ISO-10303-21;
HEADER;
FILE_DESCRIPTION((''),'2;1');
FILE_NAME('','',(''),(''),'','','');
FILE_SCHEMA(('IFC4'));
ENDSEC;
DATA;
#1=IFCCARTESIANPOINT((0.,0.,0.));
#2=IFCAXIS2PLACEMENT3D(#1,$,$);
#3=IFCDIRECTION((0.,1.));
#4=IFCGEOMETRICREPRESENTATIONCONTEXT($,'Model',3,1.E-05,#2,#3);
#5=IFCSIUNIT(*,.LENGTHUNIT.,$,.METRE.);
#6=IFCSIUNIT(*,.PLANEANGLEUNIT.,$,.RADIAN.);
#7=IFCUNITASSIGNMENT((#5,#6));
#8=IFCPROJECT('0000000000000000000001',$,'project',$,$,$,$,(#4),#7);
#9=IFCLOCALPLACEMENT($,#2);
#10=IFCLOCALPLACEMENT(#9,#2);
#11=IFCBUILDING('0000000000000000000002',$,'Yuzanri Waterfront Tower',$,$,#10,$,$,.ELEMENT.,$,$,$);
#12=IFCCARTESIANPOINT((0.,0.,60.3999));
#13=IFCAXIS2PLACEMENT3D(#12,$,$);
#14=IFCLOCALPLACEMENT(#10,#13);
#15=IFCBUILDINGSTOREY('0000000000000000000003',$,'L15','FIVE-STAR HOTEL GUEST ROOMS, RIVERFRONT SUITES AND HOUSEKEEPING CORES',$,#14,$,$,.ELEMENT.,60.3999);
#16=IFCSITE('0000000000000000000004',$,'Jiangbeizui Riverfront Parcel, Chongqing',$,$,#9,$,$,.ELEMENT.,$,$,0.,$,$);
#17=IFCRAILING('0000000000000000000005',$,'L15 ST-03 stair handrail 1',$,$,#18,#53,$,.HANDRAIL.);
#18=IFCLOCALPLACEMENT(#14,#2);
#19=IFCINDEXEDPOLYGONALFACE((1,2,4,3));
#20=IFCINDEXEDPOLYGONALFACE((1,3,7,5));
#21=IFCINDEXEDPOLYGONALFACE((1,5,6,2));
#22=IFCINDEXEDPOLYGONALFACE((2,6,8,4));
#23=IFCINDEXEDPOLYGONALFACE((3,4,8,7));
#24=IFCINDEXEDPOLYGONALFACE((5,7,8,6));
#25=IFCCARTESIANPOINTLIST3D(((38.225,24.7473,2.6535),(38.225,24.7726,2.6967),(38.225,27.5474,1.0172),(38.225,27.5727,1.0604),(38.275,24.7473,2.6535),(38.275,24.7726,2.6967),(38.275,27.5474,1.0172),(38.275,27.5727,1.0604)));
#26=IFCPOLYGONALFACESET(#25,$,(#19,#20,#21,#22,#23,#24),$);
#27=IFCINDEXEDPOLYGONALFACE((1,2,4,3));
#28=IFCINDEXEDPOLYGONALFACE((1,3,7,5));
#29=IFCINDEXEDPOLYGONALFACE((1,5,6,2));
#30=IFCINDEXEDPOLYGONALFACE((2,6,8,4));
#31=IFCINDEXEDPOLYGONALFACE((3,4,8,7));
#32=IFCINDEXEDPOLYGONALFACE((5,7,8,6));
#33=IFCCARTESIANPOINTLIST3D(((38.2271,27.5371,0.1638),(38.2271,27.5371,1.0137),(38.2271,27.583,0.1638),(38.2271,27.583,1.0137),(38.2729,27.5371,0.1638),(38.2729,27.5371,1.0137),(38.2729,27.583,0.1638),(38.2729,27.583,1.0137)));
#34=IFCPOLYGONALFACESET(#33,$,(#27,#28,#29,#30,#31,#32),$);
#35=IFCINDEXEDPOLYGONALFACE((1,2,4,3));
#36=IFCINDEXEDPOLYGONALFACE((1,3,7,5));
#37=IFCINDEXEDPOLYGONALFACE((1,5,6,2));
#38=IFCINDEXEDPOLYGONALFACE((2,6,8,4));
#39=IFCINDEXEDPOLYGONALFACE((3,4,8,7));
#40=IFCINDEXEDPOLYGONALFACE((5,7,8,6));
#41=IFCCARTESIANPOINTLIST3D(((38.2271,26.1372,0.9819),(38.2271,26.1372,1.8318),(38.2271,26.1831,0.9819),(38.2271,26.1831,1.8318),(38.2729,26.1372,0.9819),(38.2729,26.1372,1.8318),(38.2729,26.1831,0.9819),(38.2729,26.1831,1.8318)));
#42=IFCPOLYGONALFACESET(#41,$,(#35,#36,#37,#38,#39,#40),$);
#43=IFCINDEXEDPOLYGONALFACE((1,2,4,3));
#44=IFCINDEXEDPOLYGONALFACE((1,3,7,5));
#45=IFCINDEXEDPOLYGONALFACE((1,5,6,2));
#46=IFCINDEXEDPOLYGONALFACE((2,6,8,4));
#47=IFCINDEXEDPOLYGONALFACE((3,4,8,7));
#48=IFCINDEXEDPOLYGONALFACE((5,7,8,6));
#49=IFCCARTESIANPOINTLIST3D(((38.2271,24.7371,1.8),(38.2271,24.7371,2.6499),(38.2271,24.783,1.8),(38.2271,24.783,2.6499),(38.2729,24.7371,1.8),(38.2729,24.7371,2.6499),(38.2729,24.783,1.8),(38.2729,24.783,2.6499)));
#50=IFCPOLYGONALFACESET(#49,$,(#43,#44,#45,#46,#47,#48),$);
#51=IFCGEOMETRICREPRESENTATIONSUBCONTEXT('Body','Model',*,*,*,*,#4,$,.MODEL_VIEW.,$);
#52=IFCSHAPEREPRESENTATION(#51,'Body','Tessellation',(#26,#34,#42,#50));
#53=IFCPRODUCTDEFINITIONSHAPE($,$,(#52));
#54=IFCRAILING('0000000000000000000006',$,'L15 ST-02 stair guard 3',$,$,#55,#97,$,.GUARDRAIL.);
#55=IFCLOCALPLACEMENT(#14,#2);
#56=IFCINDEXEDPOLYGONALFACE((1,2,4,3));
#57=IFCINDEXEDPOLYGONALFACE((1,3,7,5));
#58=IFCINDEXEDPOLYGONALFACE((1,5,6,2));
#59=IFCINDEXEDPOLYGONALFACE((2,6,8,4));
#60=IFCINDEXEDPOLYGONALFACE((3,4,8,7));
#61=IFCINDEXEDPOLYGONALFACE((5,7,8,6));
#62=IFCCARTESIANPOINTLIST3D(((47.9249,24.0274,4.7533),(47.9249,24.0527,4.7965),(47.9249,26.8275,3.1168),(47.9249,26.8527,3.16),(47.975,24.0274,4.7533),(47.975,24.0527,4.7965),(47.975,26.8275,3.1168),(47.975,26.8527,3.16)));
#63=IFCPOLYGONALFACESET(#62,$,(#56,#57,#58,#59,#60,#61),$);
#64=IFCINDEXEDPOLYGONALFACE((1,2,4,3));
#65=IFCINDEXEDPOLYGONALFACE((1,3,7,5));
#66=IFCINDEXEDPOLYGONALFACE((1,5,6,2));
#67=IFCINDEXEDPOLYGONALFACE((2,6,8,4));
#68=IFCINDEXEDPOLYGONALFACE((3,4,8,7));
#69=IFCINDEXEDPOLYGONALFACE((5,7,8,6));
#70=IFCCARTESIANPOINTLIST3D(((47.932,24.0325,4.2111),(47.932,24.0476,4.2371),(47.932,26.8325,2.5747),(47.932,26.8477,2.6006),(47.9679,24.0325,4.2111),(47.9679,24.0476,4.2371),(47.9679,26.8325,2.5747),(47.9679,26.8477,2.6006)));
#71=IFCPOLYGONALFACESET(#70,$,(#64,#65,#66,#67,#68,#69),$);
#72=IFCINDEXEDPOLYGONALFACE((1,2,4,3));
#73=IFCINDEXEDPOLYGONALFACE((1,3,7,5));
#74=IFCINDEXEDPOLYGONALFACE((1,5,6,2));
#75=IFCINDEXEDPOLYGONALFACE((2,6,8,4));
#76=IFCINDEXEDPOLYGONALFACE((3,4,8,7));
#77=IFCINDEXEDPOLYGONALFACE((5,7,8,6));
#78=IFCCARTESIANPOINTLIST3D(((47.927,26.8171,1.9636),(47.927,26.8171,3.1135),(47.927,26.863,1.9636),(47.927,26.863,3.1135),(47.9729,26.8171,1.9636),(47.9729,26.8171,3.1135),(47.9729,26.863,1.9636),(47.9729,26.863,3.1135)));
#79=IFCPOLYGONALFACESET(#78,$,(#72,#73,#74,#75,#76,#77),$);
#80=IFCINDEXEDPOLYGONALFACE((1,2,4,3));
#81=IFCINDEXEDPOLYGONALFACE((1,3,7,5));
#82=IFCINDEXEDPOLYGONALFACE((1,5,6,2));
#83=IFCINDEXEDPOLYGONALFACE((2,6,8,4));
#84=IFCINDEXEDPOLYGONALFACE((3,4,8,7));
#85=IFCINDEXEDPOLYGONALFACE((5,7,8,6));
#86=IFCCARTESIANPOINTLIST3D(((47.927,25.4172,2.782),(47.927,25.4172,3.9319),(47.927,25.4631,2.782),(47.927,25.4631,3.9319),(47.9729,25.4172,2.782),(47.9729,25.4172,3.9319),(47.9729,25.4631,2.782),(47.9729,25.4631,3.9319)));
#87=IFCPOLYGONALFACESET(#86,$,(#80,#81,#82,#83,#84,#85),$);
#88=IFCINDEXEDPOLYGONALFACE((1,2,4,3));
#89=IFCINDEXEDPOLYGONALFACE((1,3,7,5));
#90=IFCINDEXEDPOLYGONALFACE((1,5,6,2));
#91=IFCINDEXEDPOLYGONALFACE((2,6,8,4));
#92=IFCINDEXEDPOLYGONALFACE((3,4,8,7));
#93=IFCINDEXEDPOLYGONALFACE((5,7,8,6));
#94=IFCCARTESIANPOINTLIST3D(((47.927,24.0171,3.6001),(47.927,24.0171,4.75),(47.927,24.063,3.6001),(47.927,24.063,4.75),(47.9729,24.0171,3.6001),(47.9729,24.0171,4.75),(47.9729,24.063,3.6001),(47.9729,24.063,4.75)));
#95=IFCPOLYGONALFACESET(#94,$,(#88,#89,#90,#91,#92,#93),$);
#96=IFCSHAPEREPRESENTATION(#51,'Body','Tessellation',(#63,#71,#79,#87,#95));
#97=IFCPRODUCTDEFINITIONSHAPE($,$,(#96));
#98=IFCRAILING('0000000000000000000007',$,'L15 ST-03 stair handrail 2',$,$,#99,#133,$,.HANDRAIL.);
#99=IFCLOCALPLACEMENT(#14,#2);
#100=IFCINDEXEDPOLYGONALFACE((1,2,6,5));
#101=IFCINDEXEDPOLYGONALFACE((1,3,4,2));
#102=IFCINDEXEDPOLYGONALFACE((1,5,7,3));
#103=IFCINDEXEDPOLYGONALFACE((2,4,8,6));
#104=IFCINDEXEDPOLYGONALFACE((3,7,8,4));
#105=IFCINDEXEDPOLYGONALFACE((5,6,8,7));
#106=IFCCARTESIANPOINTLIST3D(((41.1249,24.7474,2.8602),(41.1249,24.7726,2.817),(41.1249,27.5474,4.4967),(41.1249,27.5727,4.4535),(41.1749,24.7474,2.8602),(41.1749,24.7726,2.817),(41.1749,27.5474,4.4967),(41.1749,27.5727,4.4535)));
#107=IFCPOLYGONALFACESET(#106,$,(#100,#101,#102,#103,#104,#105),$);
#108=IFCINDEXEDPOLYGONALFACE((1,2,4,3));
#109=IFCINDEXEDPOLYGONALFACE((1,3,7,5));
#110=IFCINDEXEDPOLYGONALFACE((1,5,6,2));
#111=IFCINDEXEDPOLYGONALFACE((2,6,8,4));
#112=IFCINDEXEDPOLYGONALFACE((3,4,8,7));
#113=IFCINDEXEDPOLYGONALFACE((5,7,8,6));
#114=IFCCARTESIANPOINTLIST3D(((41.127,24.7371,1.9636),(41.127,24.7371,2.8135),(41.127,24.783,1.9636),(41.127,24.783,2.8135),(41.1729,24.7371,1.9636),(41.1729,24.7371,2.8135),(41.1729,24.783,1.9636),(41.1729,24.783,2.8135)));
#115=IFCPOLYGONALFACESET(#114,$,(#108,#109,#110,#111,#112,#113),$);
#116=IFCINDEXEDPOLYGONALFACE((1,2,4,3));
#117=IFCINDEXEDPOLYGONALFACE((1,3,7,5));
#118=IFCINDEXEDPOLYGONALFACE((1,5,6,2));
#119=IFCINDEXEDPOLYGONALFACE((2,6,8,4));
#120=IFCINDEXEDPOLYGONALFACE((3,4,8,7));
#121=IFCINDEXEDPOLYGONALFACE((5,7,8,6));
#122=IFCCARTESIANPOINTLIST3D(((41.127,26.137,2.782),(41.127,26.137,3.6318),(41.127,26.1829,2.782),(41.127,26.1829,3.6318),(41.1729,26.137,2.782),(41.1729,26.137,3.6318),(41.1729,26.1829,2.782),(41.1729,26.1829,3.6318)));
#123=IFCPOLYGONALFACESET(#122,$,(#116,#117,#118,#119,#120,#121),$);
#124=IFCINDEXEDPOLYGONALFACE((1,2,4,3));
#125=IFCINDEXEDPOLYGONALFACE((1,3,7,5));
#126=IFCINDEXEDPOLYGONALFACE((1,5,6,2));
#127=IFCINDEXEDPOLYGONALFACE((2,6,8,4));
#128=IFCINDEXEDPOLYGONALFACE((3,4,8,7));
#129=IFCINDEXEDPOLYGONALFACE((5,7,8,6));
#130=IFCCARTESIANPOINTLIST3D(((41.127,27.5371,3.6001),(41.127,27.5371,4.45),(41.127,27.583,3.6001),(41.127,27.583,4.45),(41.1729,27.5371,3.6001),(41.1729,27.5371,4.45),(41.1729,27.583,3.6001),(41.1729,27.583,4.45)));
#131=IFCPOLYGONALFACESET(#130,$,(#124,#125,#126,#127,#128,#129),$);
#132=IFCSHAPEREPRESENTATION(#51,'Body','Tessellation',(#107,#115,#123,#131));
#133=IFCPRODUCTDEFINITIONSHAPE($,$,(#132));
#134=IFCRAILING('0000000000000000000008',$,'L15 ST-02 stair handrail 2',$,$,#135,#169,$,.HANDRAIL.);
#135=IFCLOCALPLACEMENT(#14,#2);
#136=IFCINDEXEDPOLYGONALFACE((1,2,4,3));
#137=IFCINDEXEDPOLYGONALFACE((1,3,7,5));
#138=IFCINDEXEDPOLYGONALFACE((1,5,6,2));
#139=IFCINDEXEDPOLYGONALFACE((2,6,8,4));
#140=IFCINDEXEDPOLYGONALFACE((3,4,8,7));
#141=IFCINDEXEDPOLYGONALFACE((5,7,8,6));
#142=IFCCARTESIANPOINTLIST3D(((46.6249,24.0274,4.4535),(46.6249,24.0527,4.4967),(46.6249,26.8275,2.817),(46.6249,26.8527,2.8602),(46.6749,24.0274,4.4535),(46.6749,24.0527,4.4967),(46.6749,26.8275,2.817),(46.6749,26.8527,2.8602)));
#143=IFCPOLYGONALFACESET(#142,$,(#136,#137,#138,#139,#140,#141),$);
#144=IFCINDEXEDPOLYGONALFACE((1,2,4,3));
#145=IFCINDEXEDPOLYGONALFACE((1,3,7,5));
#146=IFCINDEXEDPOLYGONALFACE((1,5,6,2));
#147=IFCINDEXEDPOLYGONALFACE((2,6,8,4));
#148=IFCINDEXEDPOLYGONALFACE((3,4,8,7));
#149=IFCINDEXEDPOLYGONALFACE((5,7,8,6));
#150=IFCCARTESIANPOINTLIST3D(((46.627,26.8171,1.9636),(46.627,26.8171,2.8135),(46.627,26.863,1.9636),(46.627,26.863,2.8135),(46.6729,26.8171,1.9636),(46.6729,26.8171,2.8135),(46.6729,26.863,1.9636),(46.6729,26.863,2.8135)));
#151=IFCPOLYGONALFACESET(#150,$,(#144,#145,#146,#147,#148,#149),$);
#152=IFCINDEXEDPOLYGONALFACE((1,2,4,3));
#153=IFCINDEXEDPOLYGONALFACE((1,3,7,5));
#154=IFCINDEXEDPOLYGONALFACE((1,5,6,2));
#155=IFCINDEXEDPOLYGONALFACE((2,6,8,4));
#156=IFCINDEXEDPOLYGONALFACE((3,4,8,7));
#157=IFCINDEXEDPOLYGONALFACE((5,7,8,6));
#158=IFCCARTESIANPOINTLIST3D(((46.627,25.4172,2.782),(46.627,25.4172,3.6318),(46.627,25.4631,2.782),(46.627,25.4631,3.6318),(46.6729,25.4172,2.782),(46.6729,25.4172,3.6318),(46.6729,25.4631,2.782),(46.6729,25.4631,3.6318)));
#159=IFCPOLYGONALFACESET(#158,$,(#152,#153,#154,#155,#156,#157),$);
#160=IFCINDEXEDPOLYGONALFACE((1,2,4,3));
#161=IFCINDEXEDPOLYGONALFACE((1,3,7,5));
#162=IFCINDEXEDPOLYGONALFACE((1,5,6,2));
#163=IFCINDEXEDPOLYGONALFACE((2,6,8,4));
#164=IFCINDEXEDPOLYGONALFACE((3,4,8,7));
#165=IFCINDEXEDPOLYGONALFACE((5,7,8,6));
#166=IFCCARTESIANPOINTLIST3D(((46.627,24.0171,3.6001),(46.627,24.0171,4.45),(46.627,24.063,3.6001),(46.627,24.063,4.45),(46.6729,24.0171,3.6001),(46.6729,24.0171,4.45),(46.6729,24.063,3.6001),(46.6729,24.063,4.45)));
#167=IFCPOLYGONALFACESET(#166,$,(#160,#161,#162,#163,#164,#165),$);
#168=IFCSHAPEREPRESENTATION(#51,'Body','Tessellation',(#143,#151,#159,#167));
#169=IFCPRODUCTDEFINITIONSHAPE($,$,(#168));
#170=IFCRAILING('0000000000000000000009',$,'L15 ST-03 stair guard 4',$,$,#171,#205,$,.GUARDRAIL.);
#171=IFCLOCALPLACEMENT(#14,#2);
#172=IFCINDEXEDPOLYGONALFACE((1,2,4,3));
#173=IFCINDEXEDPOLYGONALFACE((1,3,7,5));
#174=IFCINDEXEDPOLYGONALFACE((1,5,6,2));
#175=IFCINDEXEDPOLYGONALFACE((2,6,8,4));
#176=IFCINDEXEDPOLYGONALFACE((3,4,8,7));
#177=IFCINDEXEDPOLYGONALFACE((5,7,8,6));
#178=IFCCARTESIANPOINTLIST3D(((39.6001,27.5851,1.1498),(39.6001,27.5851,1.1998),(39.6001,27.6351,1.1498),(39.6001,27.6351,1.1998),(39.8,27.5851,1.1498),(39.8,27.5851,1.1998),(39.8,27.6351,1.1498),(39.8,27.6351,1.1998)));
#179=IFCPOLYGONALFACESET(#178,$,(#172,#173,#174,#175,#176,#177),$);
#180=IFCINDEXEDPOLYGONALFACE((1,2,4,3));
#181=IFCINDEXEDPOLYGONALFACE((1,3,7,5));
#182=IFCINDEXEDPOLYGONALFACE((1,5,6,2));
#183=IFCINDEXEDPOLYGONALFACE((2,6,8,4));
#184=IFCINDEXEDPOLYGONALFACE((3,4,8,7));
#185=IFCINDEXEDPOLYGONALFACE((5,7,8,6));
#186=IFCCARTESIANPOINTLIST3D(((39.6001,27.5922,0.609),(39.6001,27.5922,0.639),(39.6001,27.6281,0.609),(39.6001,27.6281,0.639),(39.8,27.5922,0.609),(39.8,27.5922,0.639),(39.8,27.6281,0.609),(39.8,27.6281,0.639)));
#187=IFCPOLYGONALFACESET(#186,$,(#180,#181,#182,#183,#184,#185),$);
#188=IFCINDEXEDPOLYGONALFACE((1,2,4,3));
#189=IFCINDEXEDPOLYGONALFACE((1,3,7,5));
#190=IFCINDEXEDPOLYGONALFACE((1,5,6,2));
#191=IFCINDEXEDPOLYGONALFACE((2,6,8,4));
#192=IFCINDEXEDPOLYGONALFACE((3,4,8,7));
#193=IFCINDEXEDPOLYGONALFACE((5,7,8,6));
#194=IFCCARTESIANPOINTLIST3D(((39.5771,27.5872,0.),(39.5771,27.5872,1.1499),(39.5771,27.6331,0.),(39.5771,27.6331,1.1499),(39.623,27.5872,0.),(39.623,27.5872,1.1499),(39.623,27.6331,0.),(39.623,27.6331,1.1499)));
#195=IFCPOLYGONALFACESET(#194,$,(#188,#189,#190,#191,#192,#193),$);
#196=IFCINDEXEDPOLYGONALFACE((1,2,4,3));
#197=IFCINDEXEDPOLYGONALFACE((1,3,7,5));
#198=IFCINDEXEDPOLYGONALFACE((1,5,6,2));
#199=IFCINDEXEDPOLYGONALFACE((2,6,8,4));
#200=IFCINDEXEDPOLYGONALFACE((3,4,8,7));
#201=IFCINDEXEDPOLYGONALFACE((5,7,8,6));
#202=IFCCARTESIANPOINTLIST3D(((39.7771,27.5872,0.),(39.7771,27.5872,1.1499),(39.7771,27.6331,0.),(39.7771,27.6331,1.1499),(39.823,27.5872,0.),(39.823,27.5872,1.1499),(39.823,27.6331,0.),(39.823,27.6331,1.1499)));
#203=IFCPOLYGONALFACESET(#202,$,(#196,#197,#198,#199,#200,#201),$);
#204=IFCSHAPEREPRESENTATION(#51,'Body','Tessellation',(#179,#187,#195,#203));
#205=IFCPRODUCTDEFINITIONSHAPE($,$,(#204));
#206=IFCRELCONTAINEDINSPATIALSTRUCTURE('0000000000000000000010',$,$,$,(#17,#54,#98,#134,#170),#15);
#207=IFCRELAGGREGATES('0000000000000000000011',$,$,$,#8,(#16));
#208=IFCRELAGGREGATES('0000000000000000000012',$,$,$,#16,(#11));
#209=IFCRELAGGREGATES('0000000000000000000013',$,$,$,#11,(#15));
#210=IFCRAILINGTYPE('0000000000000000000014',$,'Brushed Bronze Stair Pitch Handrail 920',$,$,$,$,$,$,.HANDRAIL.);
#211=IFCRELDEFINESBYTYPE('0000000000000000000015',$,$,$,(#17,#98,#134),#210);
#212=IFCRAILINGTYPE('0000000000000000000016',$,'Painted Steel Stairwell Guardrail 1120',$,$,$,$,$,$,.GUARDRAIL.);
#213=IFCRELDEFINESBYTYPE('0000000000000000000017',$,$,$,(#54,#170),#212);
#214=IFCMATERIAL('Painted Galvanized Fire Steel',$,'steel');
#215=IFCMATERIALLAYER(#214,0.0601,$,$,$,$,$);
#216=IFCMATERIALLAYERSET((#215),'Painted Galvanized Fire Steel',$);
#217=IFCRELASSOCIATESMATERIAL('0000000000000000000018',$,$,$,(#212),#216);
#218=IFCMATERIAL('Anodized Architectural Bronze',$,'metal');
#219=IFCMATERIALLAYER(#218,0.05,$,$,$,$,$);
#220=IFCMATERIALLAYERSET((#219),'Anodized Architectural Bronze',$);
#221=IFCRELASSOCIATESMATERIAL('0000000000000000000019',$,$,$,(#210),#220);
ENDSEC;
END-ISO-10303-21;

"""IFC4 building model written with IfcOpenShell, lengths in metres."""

from ifc_helpers import new_model, si_unit, direction, frame, origin, origin_2d, place, context, subcontext, project, spatial, rectangle, extrude, source, transform, mapped, material, layer, layer_set, type_object, element, save


model = new_model("IFC4")

# Units and contexts
model_context = context("Model", 3, precision=1e-05, world=origin(), true_north=direction((0.0, 1.0)))
body_context = subcontext(model_context, "Body", "Model", "MODEL_VIEW")
ifc_project = project(units=[si_unit("LENGTHUNIT", "METRE"), si_unit("PLANEANGLEUNIT", "RADIAN")], contexts=[model_context])

# Site, building, storey
site_placement = place(None, origin())
site = spatial("IfcSite", under=ifc_project, at=site_placement, Name="Jiangbeizui Riverfront Parcel, Chongqing", CompositionType="ELEMENT", RefElevation=0.0)
building_placement = place(site_placement, origin())
building = spatial("IfcBuilding", under=site, at=building_placement, Name="Yuzanri Waterfront Tower", CompositionType="ELEMENT")
storey_placement = place(building_placement, frame((0.0, 0.0, 60.3999)))
storey = spatial("IfcBuildingStorey", under=building, at=storey_placement, Name="L15", Description="FIVE-STAR HOTEL GUEST ROOMS, RIVERFRONT SUITES AND HOUSEKEEPING CORES", CompositionType="ELEMENT", Elevation=60.3999)

# Railings
ifc_material_1 = material(Name="Painted Galvanized Fire Steel", Category="steel")
ifc_layer_1 = layer(ifc_material_1, 0.0601)
ifc_layer_set_1 = layer_set([ifc_layer_1], Name="Painted Galvanized Fire Steel")
railing_type_1 = type_object("IfcRailingType", Name="Painted Steel Stairwell Guardrail 1120", PredefinedType="GUARDRAIL", material=ifc_layer_set_1)
ifc_material_2 = material(Name="Anodized Architectural Bronze", Category="metal")
ifc_layer_2 = layer(ifc_material_2, 0.05)
ifc_layer_set_2 = layer_set([ifc_layer_2], Name="Anodized Architectural Bronze")
railing_type_2 = type_object("IfcRailingType", Name="Brushed Bronze Stair Pitch Handrail 920", PredefinedType="HANDRAIL", material=ifc_layer_set_2)
shared_shape_1 = source(origin(), body_context, "Body", "SweptSolid", [
    extrude(rectangle(XDim=0.05, YDim=0.05, at=origin_2d()), frame((0.0, 0.0, 0.875), z_axis=(0.0, -0.863394, 0.504531), x_axis=(1.0, 0.0, 0.0)), (0.0, 0.0, 1.0), 3.2432),
    extrude(rectangle(XDim=0.0459, YDim=0.0459, at=origin_2d()), origin(), (0.0, 0.0, 1.0), 0.8499),
    extrude(rectangle(XDim=0.0459, YDim=0.0459, at=origin_2d()), frame((0.0, -1.3999, 0.8181)), (0.0, 0.0, 1.0), 0.8499),
    extrude(rectangle(XDim=0.0459, YDim=0.0459, at=origin_2d()), frame((0.0, -2.8, 1.6362)), (0.0, 0.0, 1.0), 0.8499),
])
railing_1_placement = place(storey_placement, frame((38.25, 27.5601, 0.1638)))
element("IfcRailing", 1, at=railing_1_placement, inside=storey, type_object=railing_type_2, Name="L15 ST-03 stair handrail 1", PredefinedType="HANDRAIL", context=body_context, shape_type="MappedRepresentation", body=[
    mapped(shared_shape_1, transform((0.0, 0.0, 0.0), scale=1.0)),
])
shared_shape_2 = source(origin(), body_context, "Body", "SweptSolid", [
    extrude(rectangle(XDim=0.05, YDim=0.05, at=origin_2d()), frame((0.0, 0.0, 1.1748), z_axis=(0.0, -0.863361, 0.504587), x_axis=(1.0, 0.0, 0.0)), (0.0, 0.0, 1.0), 3.2432),
    extrude(rectangle(XDim=0.0359, YDim=0.03, at=origin_2d()), frame((0.0, 0.0, 0.624), z_axis=(0.0, -0.863361, 0.504587), x_axis=(1.0, 0.0, 0.0)), (0.0, 0.0, 1.0), 3.2432),
    extrude(rectangle(XDim=0.0459, YDim=0.0459, at=origin_2d()), origin(), (0.0, 0.0, 1.0), 1.1499),
    extrude(rectangle(XDim=0.0459, YDim=0.0459, at=origin_2d()), frame((0.0, -1.3999, 0.8184)), (0.0, 0.0, 1.0), 1.1499),
    extrude(rectangle(XDim=0.0459, YDim=0.0459, at=origin_2d()), frame((0.0, -2.8, 1.6365)), (0.0, 0.0, 1.0), 1.1499),
])
railing_2_placement = place(storey_placement, frame((47.95, 26.8401, 1.9636)))
element("IfcRailing", 2, at=railing_2_placement, inside=storey, type_object=railing_type_1, Name="L15 ST-02 stair guard 3", PredefinedType="GUARDRAIL", context=body_context, shape_type="MappedRepresentation", body=[
    mapped(shared_shape_2, transform((0.0, 0.0, 0.0), scale=1.0)),
])
shared_shape_3 = source(origin(), body_context, "Body", "SweptSolid", [
    extrude(rectangle(XDim=0.05, YDim=0.05, at=origin_2d()), frame((0.0, 0.0, 0.875), z_axis=(0.0, 0.863361, 0.504587), x_axis=(-1.0, 0.0, 0.0)), (0.0, 0.0, 1.0), 3.2432),
    extrude(rectangle(XDim=0.0459, YDim=0.0459, at=origin_2d()), origin(), (0.0, 0.0, 1.0), 0.8499),
    extrude(rectangle(XDim=0.0459, YDim=0.0459, at=origin_2d()), frame((0.0, 1.3999, 0.8184)), (0.0, 0.0, 1.0), 0.8499),
    extrude(rectangle(XDim=0.0459, YDim=0.0459, at=origin_2d()), frame((0.0, 2.8, 1.6365)), (0.0, 0.0, 1.0), 0.8499),
])
railing_3_placement = place(storey_placement, frame((41.1499, 24.76, 1.9636)))
element("IfcRailing", 3, at=railing_3_placement, inside=storey, type_object=railing_type_2, Name="L15 ST-03 stair handrail 2", PredefinedType="HANDRAIL", context=body_context, shape_type="MappedRepresentation", body=[
    mapped(shared_shape_3, transform((0.0, 0.0, 0.0), scale=1.0)),
])
shared_shape_4 = source(origin(), body_context, "Body", "SweptSolid", [
    extrude(rectangle(XDim=0.05, YDim=0.05, at=origin_2d()), frame((0.0, 0.0, 0.875), z_axis=(0.0, -0.863361, 0.504587), x_axis=(1.0, 0.0, 0.0)), (0.0, 0.0, 1.0), 3.2432),
    extrude(rectangle(XDim=0.0459, YDim=0.0459, at=origin_2d()), origin(), (0.0, 0.0, 1.0), 0.8499),
    extrude(rectangle(XDim=0.0459, YDim=0.0459, at=origin_2d()), frame((0.0, -1.3999, 0.8184)), (0.0, 0.0, 1.0), 0.8499),
    extrude(rectangle(XDim=0.0459, YDim=0.0459, at=origin_2d()), frame((0.0, -2.8, 1.6365)), (0.0, 0.0, 1.0), 0.8499),
])
railing_4_placement = place(storey_placement, frame((46.6499, 26.8401, 1.9636)))
element("IfcRailing", 4, at=railing_4_placement, inside=storey, type_object=railing_type_2, Name="L15 ST-02 stair handrail 2", PredefinedType="HANDRAIL", context=body_context, shape_type="MappedRepresentation", body=[
    mapped(shared_shape_4, transform((0.0, 0.0, 0.0), scale=1.0)),
])
shared_shape_5 = source(origin(), body_context, "Body", "SweptSolid", [
    extrude(rectangle(XDim=0.05, YDim=0.05, at=origin_2d()), frame((0.0, 0.0, 1.1748), z_axis=(1.0, 0.0, 0.0), x_axis=(0.0, 1.0, 0.0)), (0.0, 0.0, 1.0), 0.2),
    extrude(rectangle(XDim=0.0359, YDim=0.03, at=origin_2d()), frame((0.0, 0.0, 0.624), z_axis=(1.0, 0.0, 0.0), x_axis=(0.0, 1.0, 0.0)), (0.0, 0.0, 1.0), 0.2),
    extrude(rectangle(XDim=0.0459, YDim=0.0459, at=origin_2d()), origin(), (0.0, 0.0, 1.0), 1.1499),
    extrude(rectangle(XDim=0.0459, YDim=0.0459, at=origin_2d()), frame((0.2, 0.0, 0.0)), (0.0, 0.0, 1.0), 1.1499),
])
railing_5_placement = place(storey_placement, frame((39.6001, 27.6101, 0.0)))
element("IfcRailing", 5, at=railing_5_placement, inside=storey, type_object=railing_type_1, Name="L15 ST-03 stair guard 4", PredefinedType="GUARDRAIL", context=body_context, shape_type="MappedRepresentation", body=[
    mapped(shared_shape_5, transform((0.0, 0.0, 0.0), scale=1.0)),
])

save(model, "model.ifc")
